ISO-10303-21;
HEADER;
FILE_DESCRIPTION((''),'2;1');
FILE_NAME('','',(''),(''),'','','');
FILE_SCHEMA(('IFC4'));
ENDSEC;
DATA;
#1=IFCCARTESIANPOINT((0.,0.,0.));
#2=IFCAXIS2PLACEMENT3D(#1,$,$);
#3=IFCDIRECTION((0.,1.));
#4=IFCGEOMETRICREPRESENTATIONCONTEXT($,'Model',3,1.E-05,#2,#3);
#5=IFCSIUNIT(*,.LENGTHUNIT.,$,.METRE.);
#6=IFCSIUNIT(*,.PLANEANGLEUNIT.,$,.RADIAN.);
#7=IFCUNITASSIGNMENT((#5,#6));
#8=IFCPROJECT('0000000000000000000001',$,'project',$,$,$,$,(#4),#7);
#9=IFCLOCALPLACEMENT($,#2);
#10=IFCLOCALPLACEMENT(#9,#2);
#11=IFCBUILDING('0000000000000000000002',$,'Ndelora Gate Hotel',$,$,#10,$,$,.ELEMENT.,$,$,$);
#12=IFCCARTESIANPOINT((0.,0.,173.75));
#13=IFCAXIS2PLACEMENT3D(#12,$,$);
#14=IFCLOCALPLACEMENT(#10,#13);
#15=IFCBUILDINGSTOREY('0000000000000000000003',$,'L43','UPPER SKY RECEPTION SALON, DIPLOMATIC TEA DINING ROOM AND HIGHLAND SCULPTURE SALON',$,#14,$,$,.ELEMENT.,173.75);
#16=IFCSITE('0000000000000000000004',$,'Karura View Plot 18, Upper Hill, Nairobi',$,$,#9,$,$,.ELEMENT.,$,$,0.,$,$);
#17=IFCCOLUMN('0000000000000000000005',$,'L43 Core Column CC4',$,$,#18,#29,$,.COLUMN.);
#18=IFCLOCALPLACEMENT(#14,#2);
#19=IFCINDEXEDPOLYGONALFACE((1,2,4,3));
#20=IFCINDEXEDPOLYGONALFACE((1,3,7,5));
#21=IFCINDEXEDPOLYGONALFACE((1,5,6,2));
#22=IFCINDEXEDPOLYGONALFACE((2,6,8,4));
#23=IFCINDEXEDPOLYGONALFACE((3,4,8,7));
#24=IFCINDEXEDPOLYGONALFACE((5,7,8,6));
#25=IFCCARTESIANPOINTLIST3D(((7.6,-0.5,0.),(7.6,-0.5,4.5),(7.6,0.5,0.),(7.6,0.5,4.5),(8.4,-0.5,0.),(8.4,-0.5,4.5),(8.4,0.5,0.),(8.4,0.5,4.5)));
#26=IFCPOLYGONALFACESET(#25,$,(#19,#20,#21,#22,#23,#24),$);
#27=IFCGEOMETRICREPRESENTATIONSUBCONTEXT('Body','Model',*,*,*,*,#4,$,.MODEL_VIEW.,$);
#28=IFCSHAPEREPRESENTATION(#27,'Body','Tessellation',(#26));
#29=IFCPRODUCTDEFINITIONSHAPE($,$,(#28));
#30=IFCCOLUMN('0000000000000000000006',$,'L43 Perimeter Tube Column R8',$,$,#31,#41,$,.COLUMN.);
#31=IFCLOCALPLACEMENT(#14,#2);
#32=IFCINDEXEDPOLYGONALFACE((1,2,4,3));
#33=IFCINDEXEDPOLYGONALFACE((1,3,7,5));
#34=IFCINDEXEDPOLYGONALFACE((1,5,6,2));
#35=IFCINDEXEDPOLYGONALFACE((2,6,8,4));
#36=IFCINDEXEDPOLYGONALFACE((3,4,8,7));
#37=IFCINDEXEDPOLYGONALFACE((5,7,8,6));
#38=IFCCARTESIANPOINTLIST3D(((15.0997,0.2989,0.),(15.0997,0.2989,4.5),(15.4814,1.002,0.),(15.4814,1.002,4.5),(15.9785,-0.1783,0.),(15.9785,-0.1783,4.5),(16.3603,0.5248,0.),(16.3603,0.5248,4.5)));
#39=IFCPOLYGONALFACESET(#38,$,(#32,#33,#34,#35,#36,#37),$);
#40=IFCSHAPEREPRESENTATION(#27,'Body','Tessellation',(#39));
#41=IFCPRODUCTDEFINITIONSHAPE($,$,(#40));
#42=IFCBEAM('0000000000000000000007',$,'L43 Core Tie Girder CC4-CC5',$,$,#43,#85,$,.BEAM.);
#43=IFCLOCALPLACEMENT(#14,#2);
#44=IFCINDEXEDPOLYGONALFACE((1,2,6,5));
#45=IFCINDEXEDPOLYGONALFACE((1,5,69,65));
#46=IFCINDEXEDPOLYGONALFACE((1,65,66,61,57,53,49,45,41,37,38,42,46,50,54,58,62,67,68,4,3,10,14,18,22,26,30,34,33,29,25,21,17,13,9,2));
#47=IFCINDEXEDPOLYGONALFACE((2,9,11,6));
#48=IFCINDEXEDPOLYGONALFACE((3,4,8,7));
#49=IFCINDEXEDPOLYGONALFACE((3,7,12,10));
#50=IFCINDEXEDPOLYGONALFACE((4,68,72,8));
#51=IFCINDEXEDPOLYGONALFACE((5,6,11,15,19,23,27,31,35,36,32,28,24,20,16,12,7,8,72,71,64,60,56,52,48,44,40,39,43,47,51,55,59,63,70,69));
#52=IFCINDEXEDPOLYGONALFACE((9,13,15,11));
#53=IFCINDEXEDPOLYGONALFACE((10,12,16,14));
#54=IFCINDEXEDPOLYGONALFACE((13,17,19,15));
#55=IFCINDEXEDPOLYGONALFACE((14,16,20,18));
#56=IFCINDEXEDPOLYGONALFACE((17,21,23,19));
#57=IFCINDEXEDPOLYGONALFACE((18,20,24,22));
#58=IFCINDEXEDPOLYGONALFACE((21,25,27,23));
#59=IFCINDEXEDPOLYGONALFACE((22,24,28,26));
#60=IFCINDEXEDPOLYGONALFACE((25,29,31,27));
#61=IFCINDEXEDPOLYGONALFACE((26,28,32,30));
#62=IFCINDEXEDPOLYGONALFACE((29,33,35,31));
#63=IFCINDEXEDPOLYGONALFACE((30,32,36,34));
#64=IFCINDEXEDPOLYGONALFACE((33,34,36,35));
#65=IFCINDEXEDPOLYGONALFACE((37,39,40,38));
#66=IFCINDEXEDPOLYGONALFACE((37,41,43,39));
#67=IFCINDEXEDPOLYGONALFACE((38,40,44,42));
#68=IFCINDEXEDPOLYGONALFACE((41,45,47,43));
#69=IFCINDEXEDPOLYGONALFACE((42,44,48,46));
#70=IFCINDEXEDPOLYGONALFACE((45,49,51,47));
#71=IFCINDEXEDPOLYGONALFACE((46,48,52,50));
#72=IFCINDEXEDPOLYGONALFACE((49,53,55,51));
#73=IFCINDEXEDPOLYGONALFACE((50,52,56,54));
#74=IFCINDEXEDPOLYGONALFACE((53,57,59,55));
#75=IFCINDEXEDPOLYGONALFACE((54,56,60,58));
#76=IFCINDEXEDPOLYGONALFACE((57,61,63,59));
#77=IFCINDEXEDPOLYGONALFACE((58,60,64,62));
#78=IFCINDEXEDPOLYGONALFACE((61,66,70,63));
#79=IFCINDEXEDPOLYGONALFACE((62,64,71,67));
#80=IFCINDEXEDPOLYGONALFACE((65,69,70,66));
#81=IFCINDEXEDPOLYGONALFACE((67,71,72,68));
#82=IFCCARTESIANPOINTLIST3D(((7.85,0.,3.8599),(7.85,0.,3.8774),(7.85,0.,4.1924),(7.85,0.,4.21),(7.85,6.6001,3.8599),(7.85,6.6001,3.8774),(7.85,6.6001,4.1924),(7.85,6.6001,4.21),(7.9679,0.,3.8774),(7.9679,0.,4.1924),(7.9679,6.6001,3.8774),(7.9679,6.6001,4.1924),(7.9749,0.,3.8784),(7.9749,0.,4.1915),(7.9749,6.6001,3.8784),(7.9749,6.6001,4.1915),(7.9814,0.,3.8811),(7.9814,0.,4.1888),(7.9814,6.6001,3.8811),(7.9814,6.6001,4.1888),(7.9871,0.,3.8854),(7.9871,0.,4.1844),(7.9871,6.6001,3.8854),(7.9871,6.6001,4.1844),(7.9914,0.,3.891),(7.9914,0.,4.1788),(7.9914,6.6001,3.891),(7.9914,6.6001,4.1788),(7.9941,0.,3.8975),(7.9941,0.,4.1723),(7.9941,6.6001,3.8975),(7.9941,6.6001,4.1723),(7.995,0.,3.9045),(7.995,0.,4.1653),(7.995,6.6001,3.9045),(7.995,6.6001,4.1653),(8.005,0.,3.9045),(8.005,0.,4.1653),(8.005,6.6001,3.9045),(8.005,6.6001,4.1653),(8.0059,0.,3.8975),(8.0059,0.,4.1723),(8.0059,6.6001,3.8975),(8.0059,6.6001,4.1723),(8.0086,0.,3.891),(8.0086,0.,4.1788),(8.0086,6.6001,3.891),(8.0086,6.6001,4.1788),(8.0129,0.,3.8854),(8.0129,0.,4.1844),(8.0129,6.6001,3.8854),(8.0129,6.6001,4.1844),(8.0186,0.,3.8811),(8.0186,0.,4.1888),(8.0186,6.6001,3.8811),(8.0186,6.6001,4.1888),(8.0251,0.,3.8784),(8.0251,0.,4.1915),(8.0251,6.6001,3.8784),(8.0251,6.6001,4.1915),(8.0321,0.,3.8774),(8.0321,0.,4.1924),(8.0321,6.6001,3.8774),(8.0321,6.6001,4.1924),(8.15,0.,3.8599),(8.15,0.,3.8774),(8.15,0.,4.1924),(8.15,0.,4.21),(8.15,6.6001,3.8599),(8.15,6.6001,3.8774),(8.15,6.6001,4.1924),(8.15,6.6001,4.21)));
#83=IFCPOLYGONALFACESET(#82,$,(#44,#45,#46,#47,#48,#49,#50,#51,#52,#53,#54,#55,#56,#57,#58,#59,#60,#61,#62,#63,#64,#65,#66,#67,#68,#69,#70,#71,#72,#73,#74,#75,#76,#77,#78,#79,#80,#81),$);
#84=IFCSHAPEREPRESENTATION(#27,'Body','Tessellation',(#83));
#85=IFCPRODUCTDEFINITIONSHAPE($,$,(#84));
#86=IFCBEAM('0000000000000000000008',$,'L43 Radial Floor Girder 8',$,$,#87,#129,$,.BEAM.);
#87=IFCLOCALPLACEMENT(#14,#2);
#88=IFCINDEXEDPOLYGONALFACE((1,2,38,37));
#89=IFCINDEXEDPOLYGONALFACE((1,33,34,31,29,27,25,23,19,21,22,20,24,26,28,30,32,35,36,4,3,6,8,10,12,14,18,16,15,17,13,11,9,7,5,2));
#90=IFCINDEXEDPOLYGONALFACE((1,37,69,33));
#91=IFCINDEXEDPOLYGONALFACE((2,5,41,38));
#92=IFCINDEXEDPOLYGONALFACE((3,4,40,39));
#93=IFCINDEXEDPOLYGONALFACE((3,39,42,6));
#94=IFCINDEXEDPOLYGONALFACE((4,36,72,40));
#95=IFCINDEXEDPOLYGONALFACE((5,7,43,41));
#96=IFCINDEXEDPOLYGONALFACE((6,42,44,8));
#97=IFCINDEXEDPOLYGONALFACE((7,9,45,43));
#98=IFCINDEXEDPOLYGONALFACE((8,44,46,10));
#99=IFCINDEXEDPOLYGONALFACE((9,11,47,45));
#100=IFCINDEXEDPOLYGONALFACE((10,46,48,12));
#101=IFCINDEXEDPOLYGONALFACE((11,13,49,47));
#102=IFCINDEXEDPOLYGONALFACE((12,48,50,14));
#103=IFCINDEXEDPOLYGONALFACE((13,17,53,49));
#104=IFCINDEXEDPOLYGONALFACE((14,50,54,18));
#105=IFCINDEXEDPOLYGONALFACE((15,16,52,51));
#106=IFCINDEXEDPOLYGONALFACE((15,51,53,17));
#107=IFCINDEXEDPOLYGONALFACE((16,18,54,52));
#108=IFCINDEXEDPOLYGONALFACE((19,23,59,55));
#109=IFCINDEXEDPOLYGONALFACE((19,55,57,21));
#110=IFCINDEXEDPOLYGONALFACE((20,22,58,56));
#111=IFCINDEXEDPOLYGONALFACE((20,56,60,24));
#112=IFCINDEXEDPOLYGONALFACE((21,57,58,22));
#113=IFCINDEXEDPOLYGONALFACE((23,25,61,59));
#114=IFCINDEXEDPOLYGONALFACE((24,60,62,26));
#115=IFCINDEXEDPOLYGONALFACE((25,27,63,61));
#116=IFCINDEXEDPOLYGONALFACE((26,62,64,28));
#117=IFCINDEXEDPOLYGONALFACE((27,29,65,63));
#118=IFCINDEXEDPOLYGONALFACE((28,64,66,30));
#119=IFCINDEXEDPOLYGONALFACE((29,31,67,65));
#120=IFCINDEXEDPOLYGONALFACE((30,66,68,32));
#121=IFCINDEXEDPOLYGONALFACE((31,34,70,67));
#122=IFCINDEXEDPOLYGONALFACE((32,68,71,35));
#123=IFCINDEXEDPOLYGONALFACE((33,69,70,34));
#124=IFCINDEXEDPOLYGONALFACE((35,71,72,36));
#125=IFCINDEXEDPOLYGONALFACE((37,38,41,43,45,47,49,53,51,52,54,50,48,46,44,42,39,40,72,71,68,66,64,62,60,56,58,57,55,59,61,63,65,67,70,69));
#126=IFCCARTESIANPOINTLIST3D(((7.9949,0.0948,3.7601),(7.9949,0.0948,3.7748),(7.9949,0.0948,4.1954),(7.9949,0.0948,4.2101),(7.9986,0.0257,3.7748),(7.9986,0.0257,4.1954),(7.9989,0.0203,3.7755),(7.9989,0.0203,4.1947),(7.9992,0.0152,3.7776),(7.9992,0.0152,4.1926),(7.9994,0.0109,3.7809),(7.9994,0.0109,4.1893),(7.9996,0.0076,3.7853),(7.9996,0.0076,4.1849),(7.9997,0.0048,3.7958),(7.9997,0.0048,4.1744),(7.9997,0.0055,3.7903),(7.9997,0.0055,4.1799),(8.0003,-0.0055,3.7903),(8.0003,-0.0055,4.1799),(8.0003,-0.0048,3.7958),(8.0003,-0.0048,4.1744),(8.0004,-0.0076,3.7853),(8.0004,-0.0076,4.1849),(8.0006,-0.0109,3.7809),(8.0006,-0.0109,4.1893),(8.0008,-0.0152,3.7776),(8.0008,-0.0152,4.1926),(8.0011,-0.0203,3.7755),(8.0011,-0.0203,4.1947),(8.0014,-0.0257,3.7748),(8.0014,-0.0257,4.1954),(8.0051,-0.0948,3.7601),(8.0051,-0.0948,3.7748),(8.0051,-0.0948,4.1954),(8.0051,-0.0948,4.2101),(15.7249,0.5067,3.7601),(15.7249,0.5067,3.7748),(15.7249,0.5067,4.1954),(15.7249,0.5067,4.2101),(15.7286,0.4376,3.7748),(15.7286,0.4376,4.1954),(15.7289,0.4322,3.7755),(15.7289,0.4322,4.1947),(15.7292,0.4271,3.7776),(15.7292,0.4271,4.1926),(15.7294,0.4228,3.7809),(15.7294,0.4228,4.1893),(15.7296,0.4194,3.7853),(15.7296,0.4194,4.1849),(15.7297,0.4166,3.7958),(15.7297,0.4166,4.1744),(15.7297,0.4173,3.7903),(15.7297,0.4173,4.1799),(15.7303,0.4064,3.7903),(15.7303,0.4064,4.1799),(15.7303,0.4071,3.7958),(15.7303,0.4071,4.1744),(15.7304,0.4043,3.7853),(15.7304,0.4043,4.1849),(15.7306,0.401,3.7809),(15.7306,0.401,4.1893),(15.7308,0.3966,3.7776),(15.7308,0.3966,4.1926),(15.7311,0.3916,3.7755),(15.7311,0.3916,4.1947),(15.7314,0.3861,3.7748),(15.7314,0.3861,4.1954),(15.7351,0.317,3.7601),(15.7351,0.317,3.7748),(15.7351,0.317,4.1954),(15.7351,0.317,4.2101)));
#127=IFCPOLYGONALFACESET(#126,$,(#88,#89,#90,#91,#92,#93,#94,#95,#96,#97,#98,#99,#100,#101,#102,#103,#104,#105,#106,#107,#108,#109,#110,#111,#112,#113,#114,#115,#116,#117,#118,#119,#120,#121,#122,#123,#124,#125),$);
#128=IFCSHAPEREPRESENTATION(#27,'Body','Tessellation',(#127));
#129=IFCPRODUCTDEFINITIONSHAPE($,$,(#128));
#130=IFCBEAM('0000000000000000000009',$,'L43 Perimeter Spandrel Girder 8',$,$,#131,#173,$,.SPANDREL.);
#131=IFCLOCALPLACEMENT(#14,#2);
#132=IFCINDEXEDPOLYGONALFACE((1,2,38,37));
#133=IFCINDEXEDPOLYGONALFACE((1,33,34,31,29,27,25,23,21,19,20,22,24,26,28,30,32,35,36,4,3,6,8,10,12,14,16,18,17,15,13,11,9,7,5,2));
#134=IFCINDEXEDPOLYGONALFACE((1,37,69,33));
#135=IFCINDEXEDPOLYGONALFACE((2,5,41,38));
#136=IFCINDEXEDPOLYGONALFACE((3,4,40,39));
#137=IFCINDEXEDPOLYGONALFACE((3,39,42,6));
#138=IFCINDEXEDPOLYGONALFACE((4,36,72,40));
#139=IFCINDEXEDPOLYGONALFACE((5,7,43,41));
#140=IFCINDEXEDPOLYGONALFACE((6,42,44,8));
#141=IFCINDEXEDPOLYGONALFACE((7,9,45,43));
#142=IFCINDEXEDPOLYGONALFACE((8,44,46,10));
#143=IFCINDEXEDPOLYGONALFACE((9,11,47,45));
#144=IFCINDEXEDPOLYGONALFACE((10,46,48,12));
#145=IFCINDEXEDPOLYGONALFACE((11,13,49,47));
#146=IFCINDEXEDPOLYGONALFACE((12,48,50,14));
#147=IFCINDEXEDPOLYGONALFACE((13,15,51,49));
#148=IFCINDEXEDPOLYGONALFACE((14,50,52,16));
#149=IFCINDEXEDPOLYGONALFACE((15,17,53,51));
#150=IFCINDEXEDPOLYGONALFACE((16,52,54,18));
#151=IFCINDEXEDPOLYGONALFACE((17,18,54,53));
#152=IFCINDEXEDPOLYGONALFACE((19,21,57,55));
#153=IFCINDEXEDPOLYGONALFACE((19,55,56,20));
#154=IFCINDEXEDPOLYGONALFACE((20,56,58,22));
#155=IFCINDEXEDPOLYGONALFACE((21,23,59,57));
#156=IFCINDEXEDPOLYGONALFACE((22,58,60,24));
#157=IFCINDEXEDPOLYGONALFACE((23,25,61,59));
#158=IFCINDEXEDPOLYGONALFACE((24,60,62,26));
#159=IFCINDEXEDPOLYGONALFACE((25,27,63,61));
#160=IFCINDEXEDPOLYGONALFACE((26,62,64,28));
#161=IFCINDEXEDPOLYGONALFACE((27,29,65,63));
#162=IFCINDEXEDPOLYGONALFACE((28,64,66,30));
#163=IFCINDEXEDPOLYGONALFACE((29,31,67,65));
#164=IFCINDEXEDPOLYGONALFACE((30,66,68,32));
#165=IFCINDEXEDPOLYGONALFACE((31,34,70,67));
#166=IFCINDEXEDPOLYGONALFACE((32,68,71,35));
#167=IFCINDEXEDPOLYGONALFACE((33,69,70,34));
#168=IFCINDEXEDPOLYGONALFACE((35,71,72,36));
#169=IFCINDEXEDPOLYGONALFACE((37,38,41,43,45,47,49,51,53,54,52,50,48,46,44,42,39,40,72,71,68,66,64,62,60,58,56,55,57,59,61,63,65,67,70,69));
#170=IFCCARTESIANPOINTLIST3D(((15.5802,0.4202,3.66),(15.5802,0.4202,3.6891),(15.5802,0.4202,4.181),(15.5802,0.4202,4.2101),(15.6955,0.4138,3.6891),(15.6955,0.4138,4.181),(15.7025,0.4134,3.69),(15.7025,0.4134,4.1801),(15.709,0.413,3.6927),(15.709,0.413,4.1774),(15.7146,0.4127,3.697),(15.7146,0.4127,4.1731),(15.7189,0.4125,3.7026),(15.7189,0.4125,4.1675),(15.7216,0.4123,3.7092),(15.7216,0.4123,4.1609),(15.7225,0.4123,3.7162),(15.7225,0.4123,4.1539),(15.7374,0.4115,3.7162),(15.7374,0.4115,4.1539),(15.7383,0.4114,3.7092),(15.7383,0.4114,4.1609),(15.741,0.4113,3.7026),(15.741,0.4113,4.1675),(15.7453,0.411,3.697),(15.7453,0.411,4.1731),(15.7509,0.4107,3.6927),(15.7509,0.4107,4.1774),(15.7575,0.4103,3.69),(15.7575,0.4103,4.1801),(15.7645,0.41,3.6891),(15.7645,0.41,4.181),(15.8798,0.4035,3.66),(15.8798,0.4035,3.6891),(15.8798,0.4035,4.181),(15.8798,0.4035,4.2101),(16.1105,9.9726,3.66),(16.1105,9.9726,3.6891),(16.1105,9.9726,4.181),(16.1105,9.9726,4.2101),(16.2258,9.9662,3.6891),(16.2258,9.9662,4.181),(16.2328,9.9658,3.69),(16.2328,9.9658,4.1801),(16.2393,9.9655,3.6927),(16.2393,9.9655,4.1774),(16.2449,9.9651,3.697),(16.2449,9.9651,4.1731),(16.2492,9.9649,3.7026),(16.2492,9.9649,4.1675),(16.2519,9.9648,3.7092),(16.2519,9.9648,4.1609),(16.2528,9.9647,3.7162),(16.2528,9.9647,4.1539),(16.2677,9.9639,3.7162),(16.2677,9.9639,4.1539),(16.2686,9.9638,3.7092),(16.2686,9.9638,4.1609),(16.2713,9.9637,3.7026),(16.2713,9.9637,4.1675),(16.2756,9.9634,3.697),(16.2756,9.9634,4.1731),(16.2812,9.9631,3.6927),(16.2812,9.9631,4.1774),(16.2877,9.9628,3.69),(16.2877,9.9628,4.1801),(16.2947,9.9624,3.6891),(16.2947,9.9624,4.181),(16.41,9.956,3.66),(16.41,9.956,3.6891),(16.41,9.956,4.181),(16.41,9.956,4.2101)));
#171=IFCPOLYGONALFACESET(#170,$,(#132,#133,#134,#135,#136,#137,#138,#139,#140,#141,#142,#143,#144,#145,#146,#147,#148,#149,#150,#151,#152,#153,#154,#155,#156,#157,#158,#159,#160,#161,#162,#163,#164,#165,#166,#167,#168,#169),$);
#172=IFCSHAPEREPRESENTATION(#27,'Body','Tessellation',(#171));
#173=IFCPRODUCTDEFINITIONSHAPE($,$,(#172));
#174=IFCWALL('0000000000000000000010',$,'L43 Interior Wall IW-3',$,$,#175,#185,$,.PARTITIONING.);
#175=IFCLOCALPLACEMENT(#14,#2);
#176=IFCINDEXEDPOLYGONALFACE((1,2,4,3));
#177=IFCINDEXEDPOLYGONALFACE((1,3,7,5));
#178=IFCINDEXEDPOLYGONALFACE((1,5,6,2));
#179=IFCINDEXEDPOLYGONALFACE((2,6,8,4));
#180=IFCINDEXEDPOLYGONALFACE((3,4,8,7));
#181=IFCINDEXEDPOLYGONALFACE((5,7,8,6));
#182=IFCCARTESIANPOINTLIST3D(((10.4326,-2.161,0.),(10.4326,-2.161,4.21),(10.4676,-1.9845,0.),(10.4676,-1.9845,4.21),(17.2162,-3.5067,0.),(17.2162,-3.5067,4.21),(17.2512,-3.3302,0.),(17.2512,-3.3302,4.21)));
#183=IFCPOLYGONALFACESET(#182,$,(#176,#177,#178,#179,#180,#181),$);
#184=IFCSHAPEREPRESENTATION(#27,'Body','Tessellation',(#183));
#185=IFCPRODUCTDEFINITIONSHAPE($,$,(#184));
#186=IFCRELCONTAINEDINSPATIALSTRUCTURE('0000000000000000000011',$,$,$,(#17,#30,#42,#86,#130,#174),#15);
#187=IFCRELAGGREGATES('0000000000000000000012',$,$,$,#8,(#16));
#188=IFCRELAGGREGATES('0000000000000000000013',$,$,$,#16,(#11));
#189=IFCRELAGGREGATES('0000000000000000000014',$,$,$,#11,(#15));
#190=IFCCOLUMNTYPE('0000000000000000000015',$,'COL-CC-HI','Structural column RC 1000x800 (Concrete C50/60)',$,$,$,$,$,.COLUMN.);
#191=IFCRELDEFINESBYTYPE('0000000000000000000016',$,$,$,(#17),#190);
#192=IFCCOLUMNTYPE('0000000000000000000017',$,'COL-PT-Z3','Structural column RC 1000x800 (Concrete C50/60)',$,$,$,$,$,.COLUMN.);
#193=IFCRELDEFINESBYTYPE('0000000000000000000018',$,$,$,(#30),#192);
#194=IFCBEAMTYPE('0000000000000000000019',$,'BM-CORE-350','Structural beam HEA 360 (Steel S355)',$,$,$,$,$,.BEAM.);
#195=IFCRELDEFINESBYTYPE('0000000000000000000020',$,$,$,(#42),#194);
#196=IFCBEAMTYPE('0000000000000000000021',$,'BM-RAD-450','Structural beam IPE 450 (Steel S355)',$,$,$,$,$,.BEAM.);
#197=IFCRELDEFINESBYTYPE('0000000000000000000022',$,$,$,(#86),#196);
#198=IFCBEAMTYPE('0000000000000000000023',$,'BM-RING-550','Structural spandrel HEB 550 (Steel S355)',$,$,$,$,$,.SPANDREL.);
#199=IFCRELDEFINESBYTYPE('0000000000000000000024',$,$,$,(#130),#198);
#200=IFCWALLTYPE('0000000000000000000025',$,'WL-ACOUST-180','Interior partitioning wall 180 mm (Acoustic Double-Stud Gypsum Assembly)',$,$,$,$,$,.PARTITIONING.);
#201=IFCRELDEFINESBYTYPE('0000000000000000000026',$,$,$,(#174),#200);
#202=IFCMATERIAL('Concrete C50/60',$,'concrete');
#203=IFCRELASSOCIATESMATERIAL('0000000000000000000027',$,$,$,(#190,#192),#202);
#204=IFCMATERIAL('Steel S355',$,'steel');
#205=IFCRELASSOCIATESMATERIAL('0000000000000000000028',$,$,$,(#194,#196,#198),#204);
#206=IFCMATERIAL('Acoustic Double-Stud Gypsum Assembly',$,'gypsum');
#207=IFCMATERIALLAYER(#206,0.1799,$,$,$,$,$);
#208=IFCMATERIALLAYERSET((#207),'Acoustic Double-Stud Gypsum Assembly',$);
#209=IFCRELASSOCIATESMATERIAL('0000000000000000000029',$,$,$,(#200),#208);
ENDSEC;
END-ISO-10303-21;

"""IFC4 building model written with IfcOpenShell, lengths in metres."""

from ifc_helpers import new_model, si_unit, direction, frame, frame_2d, origin, origin_2d, place, context, subcontext, project, spatial, rectangle, i_section, extrude, material, layer, layer_set, material_profile, profile_set, type_object, element, save


model = new_model("IFC4")

# Units and contexts
model_context = context("Model", 3, precision=1e-05, world=origin(), true_north=direction((0.0, 1.0)))
body_context = subcontext(model_context, "Body", "Model", "MODEL_VIEW")
ifc_project = project(units=[si_unit("LENGTHUNIT", "METRE"), si_unit("PLANEANGLEUNIT", "RADIAN")], contexts=[model_context])

# Site, building, storey
site_placement = place(None, origin())
site = spatial("IfcSite", under=ifc_project, at=site_placement, Name="Karura View Plot 18, Upper Hill, Nairobi", CompositionType="ELEMENT", RefElevation=0.0)
building_placement = place(site_placement, origin())
building = spatial("IfcBuilding", under=site, at=building_placement, Name="Ndelora Gate Hotel", CompositionType="ELEMENT")
storey_placement = place(building_placement, frame((0.0, 0.0, 173.75)))
storey = spatial("IfcBuildingStorey", under=building, at=storey_placement, Name="L43", Description="UPPER SKY RECEPTION SALON, DIPLOMATIC TEA DINING ROOM AND HIGHLAND SCULPTURE SALON", CompositionType="ELEMENT", Elevation=173.75)

# Columns
ifc_material_1 = material(Name="Concrete C50/60", Category="concrete")
ifc_material_profile_1 = material_profile(ifc_material_1, rectangle(XDim=0.8, YDim=1.0, at=origin_2d()), Name="RC 1000x800")
ifc_profile_set_1 = profile_set([ifc_material_profile_1], Name="Concrete C50/60")
column_type_1 = type_object("IfcColumnType", Name="COL-CC-HI", Description="Structural column RC 1000x800 (Concrete C50/60)", PredefinedType="COLUMN", material=ifc_profile_set_1)
column_1_placement = place(storey_placement, frame((8.0, 0.0, 0.0), z_axis=(0.0, 0.0, 1.0), x_axis=(1.0, 0.0, 0.0)))
element("IfcColumn", 1, at=column_1_placement, inside=storey, type_object=column_type_1, Name="L43 Core Column CC4", PredefinedType="COLUMN", context=body_context, shape_type="SweptSolid", body=[
    extrude(rectangle(XDim=0.8, YDim=1.0, at=origin_2d()), origin(), (0.0, 0.0, 1.0), 4.5),
])
ifc_material_profile_2 = material_profile(ifc_material_1, rectangle(XDim=0.8, YDim=1.0, at=origin_2d()), Name="RC 1000x800")
ifc_profile_set_2 = profile_set([ifc_material_profile_2], Name="Concrete C50/60")
column_type_2 = type_object("IfcColumnType", Name="COL-PT-Z3", Description="Structural column RC 1000x800 (Concrete C50/60)", PredefinedType="COLUMN", material=ifc_profile_set_2)
column_2_placement = place(storey_placement, frame((15.73, 0.4119, 0.0), z_axis=(0.0, 0.0, 1.0), x_axis=(0.477159, 0.878817, 0.0)))
element("IfcColumn", 2, at=column_2_placement, inside=storey, type_object=column_type_2, Name="L43 Perimeter Tube Column R8", PredefinedType="COLUMN", context=body_context, shape_type="SweptSolid", body=[
    extrude(rectangle(XDim=0.8, YDim=1.0, at=origin_2d()), origin(), (0.0, 0.0, 1.0), 4.5),
])

# Beams
ifc_material_2 = material(Name="Steel S355", Category="steel")
ifc_material_profile_3 = material_profile(ifc_material_2, i_section(OverallWidth=0.3, OverallDepth=0.3501, WebThickness=0.01, FlangeThickness=0.0176, FilletRadius=0.0271, at=origin_2d()), Name="HEA 360")
ifc_profile_set_3 = profile_set([ifc_material_profile_3], Name="Steel S355")
beam_type_1 = type_object("IfcBeamType", Name="BM-CORE-350", Description="Structural beam HEA 360 (Steel S355)", PredefinedType="BEAM", material=ifc_profile_set_3)
beam_1_placement = place(storey_placement, frame((8.0, 0.0, 4.0349), z_axis=(0.0, 1.0, 0.0), x_axis=(-1.0, 0.0, 0.0)))
element("IfcBeam", 3, at=beam_1_placement, inside=storey, type_object=beam_type_1, Name="L43 Core Tie Girder CC4-CC5", PredefinedType="BEAM", context=body_context, shape_type="SweptSolid", body=[
    extrude(i_section(OverallWidth=0.3, OverallDepth=0.3501, WebThickness=0.01, FlangeThickness=0.0176, FilletRadius=0.0271, at=origin_2d()), origin(), (0.0, 0.0, 1.0), 6.6001),
])
ifc_material_profile_4 = material_profile(ifc_material_2, i_section(OverallWidth=0.1899, OverallDepth=0.45, WebThickness=0.0095, FlangeThickness=0.0146, FilletRadius=0.021, at=origin_2d()), Name="IPE 450")
ifc_profile_set_4 = profile_set([ifc_material_profile_4], Name="Steel S355")
beam_type_2 = type_object("IfcBeamType", Name="BM-RAD-450", Description="Structural beam IPE 450 (Steel S355)", PredefinedType="BEAM", material=ifc_profile_set_4)
beam_2_placement = place(storey_placement, frame((8.0, 0.0, 3.9851), z_axis=(0.998584, 0.053206, 0.0), x_axis=(-0.053206, 0.998584, 0.0)))
element("IfcBeam", 4, at=beam_2_placement, inside=storey, type_object=beam_type_2, Name="L43 Radial Floor Girder 8", PredefinedType="BEAM", context=body_context, shape_type="SweptSolid", body=[
    extrude(i_section(OverallWidth=0.1899, OverallDepth=0.45, WebThickness=0.0095, FlangeThickness=0.0146, FilletRadius=0.021, at=origin_2d()), origin(), (0.0, 0.0, 1.0), 7.741),
])
ifc_material_profile_5 = material_profile(ifc_material_2, i_section(OverallWidth=0.3, OverallDepth=0.55, WebThickness=0.0149, FlangeThickness=0.0291, FilletRadius=0.0271, at=origin_2d()), Name="HEB 550")
ifc_profile_set_5 = profile_set([ifc_material_profile_5], Name="Steel S355")
beam_type_3 = type_object("IfcBeamType", Name="BM-RING-550", Description="Structural spandrel HEB 550 (Steel S355)", PredefinedType="SPANDREL", material=ifc_profile_set_5)
beam_3_placement = place(storey_placement, frame((15.73, 0.4119, 3.9351), z_axis=(0.055426, 0.998463, 0.0), x_axis=(-0.998463, 0.055426, 0.0)))
element("IfcBeam", 5, at=beam_3_placement, inside=storey, type_object=beam_type_3, Name="L43 Perimeter Spandrel Girder 8", PredefinedType="SPANDREL", context=body_context, shape_type="SweptSolid", body=[
    extrude(i_section(OverallWidth=0.3, OverallDepth=0.55, WebThickness=0.0149, FlangeThickness=0.0291, FilletRadius=0.0271, at=origin_2d()), origin(), (0.0, 0.0, 1.0), 9.5671),
])

# Wall
ifc_material_3 = material(Name="Acoustic Double-Stud Gypsum Assembly", Category="gypsum")
ifc_layer_1 = layer(ifc_material_3, 0.1799)
ifc_layer_set_1 = layer_set([ifc_layer_1], Name="Acoustic Double-Stud Gypsum Assembly")
wall_type_1 = type_object("IfcWallType", Name="WL-ACOUST-180", Description="Interior partitioning wall 180 mm (Acoustic Double-Stud Gypsum Assembly)", PredefinedType="PARTITIONING", material=ifc_layer_set_1)
wall_1_placement = place(storey_placement, frame((10.45, -2.0728, 0.0), z_axis=(0.0, 0.0, 1.0), x_axis=(0.980886, -0.194582, 0.0)))
element("IfcWall", 6, at=wall_1_placement, inside=storey, type_object=wall_type_1, Name="L43 Interior Wall IW-3", PredefinedType="PARTITIONING", context=body_context, shape_type="SweptSolid", body=[
    extrude(rectangle(XDim=6.9158, YDim=0.1799, at=frame_2d((3.458, 0.0))), origin(), (0.0, 0.0, 1.0), 4.21),
])

save(model, "model.ifc")
